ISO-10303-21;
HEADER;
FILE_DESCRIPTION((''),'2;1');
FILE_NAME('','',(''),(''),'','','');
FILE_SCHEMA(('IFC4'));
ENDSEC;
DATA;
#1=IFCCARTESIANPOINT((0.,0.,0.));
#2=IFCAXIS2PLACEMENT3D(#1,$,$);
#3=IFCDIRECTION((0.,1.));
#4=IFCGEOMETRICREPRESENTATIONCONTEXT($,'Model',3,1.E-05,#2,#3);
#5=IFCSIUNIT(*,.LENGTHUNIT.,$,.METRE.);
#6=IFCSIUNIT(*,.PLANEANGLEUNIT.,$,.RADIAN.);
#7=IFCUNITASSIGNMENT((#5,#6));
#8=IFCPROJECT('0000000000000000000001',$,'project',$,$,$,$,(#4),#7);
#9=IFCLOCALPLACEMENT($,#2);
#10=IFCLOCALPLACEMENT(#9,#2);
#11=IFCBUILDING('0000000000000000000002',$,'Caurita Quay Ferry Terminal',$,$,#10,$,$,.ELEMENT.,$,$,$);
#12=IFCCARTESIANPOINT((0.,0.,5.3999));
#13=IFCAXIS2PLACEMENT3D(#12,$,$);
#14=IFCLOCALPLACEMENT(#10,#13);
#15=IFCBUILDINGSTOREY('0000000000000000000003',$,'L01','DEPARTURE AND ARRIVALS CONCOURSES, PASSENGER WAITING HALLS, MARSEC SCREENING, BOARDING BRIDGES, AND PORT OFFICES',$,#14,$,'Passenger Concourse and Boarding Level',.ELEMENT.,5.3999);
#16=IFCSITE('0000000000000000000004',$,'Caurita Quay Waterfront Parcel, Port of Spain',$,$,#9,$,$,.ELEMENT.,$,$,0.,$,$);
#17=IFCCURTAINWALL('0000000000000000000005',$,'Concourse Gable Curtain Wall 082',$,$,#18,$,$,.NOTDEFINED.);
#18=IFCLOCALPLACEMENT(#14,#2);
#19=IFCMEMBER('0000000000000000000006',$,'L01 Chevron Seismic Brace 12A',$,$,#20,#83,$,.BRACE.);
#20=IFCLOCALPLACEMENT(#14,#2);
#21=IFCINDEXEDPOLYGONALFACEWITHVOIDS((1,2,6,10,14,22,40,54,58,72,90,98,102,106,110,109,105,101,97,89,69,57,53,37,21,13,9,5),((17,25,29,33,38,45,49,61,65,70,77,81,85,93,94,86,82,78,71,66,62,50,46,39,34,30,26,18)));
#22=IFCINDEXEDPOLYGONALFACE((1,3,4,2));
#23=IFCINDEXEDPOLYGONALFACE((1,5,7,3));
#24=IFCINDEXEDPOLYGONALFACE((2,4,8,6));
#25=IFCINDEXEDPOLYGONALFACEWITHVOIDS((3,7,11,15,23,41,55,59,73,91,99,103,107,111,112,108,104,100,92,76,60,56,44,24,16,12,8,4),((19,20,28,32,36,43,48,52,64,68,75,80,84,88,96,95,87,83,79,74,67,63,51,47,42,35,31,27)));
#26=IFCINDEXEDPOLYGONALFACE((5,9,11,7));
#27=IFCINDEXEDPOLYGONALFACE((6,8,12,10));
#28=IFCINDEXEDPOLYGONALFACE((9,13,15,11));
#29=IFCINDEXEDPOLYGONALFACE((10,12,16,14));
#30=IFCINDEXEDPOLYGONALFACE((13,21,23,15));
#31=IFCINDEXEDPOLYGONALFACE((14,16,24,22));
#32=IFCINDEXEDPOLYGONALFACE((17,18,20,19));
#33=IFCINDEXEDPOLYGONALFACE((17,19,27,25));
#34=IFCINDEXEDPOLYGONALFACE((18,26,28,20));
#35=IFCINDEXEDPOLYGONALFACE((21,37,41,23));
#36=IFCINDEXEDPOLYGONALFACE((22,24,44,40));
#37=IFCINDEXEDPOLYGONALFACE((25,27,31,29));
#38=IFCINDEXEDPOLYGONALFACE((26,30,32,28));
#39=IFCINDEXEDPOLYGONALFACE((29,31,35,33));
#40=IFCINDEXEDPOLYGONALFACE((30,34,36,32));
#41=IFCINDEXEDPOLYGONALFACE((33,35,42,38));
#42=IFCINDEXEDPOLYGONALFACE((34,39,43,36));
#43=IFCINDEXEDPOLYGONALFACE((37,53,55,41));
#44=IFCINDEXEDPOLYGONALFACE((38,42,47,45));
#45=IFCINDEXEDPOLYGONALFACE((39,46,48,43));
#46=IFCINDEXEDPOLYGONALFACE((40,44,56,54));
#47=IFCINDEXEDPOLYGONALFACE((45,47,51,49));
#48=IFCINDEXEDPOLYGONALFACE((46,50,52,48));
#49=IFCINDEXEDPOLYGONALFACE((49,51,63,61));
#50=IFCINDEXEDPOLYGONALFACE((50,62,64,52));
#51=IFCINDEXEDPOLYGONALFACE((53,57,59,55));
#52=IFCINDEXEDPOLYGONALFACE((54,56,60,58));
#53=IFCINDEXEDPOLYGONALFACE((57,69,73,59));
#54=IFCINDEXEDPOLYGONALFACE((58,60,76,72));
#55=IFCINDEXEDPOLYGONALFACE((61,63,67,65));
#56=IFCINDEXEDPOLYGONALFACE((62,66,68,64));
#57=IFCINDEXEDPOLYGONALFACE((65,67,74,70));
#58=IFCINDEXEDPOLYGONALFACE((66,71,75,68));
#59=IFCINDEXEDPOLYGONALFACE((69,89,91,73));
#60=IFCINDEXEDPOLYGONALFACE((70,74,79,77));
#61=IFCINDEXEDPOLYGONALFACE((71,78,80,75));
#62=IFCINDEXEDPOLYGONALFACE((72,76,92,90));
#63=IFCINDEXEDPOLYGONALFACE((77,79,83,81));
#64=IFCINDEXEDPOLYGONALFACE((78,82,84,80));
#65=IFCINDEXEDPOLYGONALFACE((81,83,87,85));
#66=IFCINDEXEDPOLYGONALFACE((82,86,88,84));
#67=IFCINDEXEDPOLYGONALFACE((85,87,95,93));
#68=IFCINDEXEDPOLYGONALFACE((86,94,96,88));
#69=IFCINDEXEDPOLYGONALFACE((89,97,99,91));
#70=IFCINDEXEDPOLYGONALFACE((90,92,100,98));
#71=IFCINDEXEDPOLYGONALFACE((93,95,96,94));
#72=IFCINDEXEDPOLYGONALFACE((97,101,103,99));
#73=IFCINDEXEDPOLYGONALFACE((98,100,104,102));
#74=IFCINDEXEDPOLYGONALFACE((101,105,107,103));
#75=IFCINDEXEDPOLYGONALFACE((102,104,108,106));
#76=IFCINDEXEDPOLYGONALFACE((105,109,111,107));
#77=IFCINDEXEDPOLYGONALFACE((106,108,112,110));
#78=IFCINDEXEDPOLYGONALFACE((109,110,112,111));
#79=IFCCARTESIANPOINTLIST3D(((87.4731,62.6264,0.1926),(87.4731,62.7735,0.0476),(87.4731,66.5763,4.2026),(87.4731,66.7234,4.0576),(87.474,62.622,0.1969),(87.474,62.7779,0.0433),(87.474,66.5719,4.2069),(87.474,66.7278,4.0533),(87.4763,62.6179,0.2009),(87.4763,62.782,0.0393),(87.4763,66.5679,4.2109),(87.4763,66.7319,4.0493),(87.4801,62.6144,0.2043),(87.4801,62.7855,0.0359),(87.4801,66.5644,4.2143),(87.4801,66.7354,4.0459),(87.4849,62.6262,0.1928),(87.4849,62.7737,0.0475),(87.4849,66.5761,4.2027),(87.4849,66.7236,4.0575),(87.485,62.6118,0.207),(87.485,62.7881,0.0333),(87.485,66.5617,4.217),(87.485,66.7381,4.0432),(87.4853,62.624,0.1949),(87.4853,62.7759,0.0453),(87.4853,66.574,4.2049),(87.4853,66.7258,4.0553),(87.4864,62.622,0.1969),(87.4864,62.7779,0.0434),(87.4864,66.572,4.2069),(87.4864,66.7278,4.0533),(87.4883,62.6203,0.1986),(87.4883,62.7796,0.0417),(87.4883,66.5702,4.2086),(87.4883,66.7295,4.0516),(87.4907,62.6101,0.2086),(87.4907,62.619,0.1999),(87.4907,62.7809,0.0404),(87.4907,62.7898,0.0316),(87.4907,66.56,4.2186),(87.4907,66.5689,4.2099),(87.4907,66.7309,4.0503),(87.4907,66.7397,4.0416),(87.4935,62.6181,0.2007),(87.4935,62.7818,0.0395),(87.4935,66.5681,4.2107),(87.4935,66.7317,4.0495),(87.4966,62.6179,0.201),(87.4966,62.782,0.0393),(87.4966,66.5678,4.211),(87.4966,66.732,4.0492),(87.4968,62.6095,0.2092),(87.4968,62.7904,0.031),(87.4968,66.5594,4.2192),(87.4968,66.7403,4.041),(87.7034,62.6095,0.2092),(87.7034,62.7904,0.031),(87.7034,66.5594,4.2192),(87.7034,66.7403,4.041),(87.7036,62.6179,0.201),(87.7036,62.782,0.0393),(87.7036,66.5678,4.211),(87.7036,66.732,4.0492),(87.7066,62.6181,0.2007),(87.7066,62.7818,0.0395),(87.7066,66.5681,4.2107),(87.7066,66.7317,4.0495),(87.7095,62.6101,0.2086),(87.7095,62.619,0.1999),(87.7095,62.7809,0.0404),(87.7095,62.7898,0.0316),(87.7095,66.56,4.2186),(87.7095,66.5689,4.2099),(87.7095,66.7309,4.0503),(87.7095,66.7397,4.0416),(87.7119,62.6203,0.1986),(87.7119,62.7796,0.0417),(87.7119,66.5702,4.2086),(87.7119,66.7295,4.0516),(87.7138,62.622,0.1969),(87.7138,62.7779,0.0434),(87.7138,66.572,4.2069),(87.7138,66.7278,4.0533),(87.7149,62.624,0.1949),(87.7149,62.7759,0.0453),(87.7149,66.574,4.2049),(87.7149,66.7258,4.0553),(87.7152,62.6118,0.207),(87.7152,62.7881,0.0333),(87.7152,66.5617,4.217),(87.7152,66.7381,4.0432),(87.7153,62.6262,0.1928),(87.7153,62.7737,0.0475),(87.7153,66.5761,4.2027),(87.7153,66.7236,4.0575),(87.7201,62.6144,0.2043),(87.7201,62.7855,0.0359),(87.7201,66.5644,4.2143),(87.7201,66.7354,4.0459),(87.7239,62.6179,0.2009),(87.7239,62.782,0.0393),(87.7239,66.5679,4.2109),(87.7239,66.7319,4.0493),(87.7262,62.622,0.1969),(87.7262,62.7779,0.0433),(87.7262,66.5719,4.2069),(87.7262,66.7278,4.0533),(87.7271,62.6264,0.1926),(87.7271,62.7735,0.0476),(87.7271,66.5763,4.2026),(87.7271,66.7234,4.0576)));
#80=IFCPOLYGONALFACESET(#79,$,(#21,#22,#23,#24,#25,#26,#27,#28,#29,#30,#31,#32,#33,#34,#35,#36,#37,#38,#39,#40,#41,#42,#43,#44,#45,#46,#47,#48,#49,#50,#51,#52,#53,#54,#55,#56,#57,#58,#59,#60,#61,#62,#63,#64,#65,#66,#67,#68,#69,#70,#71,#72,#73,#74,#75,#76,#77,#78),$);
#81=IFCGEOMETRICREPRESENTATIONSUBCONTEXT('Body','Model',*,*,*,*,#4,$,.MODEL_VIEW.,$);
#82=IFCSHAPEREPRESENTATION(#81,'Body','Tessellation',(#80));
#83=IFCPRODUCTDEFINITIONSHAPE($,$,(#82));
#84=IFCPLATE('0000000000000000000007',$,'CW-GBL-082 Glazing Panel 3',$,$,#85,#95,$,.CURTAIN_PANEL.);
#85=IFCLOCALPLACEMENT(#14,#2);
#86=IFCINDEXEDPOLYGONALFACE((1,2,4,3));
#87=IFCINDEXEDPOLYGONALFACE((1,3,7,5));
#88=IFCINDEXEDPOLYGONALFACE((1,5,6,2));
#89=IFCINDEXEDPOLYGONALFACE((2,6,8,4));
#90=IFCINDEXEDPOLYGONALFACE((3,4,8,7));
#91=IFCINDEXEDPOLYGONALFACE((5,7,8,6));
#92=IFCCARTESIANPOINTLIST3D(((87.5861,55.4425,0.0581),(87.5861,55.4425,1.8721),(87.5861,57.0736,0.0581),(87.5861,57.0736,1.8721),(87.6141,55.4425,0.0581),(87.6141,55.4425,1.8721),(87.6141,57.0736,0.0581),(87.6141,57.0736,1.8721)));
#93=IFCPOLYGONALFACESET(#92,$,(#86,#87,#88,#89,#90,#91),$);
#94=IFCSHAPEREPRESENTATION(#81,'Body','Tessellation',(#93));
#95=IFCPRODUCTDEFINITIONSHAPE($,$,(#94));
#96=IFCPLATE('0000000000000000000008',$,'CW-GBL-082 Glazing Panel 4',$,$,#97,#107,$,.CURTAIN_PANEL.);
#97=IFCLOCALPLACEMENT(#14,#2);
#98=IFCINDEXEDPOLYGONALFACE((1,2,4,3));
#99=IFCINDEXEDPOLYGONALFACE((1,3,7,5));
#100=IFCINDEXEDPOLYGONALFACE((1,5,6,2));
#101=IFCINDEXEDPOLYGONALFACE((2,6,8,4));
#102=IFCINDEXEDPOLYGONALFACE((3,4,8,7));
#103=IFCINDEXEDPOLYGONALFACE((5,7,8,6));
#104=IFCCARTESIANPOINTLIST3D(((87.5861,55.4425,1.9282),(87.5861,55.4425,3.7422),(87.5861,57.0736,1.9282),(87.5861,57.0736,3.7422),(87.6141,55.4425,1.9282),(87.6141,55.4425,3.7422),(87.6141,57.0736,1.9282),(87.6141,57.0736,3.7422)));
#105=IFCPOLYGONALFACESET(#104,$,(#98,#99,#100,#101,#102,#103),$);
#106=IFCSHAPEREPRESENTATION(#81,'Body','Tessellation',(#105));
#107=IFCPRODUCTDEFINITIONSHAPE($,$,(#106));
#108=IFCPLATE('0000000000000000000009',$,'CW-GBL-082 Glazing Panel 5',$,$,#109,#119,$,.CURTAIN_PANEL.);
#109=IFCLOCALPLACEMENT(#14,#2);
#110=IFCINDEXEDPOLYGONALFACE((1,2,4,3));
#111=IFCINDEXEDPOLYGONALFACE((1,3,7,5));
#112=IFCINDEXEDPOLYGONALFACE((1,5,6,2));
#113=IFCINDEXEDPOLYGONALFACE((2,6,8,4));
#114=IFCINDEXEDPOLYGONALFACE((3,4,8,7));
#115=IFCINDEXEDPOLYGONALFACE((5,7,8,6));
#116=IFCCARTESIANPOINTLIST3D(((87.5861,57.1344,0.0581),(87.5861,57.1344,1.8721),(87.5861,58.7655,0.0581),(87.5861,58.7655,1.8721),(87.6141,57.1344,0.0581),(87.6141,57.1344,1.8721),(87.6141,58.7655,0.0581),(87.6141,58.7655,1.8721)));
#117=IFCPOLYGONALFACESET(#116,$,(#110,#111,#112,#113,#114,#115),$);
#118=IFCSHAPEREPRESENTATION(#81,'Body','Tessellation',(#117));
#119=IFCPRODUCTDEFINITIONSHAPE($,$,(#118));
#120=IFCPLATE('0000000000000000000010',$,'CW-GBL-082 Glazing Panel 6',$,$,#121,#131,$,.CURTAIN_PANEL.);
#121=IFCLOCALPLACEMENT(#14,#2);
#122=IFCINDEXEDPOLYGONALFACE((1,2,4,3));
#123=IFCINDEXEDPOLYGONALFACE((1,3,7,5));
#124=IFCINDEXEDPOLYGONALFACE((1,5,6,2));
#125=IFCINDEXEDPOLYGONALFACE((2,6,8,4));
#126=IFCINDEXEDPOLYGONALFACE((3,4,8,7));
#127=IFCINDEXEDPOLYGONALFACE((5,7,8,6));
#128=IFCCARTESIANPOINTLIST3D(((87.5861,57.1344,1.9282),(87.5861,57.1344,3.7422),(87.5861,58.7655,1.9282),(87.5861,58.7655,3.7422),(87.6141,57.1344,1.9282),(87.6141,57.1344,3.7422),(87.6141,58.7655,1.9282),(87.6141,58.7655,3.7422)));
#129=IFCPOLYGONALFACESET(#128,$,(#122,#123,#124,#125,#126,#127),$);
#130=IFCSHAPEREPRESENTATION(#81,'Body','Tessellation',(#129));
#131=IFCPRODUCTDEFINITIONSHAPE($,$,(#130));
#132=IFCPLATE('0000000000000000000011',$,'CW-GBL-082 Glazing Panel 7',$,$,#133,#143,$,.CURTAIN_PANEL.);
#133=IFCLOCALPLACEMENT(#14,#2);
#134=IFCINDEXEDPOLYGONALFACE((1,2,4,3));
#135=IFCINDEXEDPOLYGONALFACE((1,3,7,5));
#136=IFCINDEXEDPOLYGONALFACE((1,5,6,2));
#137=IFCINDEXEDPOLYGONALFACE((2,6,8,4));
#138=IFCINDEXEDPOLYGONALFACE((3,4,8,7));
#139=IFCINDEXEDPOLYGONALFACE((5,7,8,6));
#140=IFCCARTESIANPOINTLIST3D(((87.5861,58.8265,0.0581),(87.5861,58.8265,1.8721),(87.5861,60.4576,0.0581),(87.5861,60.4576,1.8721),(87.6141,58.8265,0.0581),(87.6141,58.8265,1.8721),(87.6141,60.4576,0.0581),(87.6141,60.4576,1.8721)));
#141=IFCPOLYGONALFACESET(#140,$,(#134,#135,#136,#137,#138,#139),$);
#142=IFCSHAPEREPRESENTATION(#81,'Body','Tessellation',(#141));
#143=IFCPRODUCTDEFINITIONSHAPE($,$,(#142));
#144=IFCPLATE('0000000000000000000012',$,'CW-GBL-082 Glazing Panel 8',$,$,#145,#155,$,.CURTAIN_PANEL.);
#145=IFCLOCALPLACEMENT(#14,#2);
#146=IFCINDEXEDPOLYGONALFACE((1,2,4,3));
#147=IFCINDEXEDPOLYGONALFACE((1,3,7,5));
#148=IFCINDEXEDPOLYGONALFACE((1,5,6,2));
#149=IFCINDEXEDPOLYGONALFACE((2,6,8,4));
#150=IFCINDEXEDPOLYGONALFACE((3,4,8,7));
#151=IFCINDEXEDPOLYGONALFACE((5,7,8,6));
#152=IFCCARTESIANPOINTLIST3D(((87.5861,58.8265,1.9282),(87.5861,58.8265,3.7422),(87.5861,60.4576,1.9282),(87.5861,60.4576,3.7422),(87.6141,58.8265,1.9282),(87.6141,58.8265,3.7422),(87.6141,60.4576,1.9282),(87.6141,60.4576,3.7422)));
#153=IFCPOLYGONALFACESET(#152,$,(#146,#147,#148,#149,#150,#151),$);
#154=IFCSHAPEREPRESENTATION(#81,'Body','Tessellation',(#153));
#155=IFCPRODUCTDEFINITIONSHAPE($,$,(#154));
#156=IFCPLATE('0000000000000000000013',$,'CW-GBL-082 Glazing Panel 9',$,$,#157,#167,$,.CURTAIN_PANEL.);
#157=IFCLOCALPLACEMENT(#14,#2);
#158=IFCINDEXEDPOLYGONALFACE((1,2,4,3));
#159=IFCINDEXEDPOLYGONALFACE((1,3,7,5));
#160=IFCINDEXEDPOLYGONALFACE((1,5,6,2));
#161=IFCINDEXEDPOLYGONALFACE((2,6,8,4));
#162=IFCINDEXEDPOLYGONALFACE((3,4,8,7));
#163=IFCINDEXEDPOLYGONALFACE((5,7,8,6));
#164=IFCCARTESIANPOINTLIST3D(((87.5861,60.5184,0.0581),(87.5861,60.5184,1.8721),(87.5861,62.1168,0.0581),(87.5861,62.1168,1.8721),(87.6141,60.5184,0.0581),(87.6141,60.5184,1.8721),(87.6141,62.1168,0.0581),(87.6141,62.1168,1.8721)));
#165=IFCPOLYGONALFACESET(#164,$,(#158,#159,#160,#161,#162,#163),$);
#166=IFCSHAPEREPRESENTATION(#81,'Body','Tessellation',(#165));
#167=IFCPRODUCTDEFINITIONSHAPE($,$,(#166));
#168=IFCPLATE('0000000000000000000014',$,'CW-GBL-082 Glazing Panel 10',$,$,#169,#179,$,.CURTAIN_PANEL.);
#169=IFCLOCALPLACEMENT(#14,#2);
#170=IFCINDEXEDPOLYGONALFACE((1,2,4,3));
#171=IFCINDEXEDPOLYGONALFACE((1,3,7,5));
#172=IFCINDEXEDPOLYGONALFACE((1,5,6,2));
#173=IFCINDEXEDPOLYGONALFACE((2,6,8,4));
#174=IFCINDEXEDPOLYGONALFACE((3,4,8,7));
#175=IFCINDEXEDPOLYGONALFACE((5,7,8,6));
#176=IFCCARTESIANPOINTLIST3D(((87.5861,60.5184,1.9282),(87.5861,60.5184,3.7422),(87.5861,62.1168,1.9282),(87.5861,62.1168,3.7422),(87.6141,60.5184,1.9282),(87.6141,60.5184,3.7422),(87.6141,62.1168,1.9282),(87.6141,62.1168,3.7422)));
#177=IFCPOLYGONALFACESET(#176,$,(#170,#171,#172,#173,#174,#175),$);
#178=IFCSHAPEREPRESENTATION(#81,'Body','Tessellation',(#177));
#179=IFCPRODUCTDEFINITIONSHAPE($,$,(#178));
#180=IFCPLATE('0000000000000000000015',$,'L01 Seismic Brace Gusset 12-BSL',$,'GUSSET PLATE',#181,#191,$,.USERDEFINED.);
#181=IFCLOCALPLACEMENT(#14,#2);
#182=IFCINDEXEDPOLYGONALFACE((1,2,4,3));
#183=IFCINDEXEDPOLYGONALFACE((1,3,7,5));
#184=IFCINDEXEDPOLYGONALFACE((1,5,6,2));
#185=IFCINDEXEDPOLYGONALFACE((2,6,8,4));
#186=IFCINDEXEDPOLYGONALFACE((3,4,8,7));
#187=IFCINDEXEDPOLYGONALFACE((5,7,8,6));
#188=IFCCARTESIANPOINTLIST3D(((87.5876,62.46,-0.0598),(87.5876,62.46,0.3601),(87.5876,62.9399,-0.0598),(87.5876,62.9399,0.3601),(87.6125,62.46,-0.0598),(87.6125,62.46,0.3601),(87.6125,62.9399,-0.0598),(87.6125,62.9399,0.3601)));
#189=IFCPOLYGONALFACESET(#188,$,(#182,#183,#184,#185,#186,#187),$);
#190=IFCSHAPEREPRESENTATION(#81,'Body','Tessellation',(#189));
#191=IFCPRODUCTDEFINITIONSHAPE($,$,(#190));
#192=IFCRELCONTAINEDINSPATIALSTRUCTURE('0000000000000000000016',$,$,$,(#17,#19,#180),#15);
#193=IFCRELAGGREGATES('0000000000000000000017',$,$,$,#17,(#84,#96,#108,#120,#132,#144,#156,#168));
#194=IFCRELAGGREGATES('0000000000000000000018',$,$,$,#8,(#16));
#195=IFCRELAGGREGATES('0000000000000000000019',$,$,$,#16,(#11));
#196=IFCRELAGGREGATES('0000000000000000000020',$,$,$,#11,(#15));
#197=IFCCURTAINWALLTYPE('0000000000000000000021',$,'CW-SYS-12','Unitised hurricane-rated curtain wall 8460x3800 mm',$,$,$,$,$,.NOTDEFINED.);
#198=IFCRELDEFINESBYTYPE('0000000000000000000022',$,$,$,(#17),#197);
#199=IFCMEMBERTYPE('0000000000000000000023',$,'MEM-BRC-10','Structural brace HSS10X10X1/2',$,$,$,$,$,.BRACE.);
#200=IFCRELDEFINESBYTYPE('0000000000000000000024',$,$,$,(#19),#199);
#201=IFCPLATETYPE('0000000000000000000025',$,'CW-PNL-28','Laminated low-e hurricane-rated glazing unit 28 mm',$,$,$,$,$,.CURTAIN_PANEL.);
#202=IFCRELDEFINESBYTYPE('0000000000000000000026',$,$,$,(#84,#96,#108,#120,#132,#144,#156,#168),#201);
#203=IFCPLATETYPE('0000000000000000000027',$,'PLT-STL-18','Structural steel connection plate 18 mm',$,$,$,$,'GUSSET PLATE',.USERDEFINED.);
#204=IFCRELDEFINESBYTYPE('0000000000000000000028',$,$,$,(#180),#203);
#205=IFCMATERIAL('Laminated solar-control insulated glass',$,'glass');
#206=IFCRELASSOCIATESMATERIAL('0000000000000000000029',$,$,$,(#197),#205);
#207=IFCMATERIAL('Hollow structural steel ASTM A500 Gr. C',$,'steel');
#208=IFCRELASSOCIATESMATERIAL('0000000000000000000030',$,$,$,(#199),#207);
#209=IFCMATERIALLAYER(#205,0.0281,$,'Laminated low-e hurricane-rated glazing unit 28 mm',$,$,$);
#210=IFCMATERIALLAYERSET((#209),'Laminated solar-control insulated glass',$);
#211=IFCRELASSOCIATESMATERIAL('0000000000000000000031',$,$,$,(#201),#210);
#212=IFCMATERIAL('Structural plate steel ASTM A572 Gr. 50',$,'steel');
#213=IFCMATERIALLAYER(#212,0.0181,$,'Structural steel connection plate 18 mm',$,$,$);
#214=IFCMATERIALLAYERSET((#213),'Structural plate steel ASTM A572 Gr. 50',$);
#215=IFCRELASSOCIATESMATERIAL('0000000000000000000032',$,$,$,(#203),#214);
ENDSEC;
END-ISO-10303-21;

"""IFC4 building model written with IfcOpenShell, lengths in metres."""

from ifc_helpers import new_model, si_unit, direction, frame, origin, origin_2d, place, context, subcontext, project, spatial, rectangle, hollow_rectangle, extrude, material, layer, layer_set, material_profile, profile_set, type_object, element, aggregate, save


model = new_model("IFC4")

# Units and contexts
model_context = context("Model", 3, precision=1e-05, world=origin(), true_north=direction((0.0, 1.0)))
body_context = subcontext(model_context, "Body", "Model", "MODEL_VIEW")
ifc_project = project(units=[si_unit("LENGTHUNIT", "METRE"), si_unit("PLANEANGLEUNIT", "RADIAN")], contexts=[model_context])

# Site, building, storey
site_placement = place(None, origin())
site = spatial("IfcSite", under=ifc_project, at=site_placement, Name="Caurita Quay Waterfront Parcel, Port of Spain", CompositionType="ELEMENT", RefElevation=0.0)
building_placement = place(site_placement, origin())
building = spatial("IfcBuilding", under=site, at=building_placement, Name="Caurita Quay Ferry Terminal", CompositionType="ELEMENT")
storey_placement = place(building_placement, frame((0.0, 0.0, 5.3999)))
storey = spatial("IfcBuildingStorey", under=building, at=storey_placement, Name="L01", Description="DEPARTURE AND ARRIVALS CONCOURSES, PASSENGER WAITING HALLS, MARSEC SCREENING, BOARDING BRIDGES, AND PORT OFFICES", LongName="Passenger Concourse and Boarding Level", CompositionType="ELEMENT", Elevation=5.3999)

# Shared definitions
ifc_material_1 = material(Name="Hollow structural steel ASTM A500 Gr. C", Category="steel")

# Curtain wall
ifc_material_2 = material(Name="Laminated solar-control insulated glass", Category="glass")
curtain_wall_type = type_object("IfcCurtainWallType", Name="CW-SYS-12", Description="Unitised hurricane-rated curtain wall 8460x3800 mm", PredefinedType="NOTDEFINED", material=ifc_material_2)
curtain_wall_placement = place(storey_placement, origin())
curtain_wall = element("IfcCurtainWall", 1, at=curtain_wall_placement, inside=storey, type_object=curtain_wall_type, Name="Concourse Gable Curtain Wall 082", PredefinedType="NOTDEFINED")

# Member
ifc_material_profile_1 = material_profile(ifc_material_1, hollow_rectangle(XDim=0.2539, YDim=0.2539, WallThickness=0.0117, InnerFilletRadius=0.0117, OuterFilletRadius=0.0237, at=origin_2d()), Name="HSS10X10X1/2")
ifc_profile_set_1 = profile_set([ifc_material_profile_1], Name="Hollow structural steel ASTM A500 Gr. C")
member_type_1 = type_object("IfcMemberType", Name="MEM-BRC-10", Description="Structural brace HSS10X10X1/2", PredefinedType="BRACE", material=ifc_profile_set_1)
member_1_placement = place(storey_placement, frame((87.6001, 62.7, 0.1201), z_axis=(0.0, 0.701752, 0.712422), x_axis=(-1.0, 0.0, 0.0)))
element("IfcMember", 2, at=member_1_placement, inside=storey, type_object=member_type_1, Name="L01 Chevron Seismic Brace 12A", PredefinedType="BRACE", context=body_context, shape_type="SweptSolid", body=[
    extrude(hollow_rectangle(XDim=0.2539, YDim=0.2539, WallThickness=0.0117, InnerFilletRadius=0.0117, OuterFilletRadius=0.0237, at=origin_2d()), origin(), (0.0, 0.0, 1.0), 5.6287),
])

# Plates
ifc_layer_1 = layer(ifc_material_2, 0.0281, Name="Laminated low-e hurricane-rated glazing unit 28 mm")
ifc_layer_set_1 = layer_set([ifc_layer_1], Name="Laminated solar-control insulated glass")
plate_type_1 = type_object("IfcPlateType", Name="CW-PNL-28", Description="Laminated low-e hurricane-rated glazing unit 28 mm", PredefinedType="CURTAIN_PANEL", material=ifc_layer_set_1)
plate_1_placement = place(storey_placement, frame((87.6001, 56.2581, 0.0581), z_axis=(0.0, 0.0, 1.0), x_axis=(0.0, 1.0, 0.0)))
plate_1 = element("IfcPlate", 3, at=plate_1_placement, type_object=plate_type_1, Name="CW-GBL-082 Glazing Panel 3", PredefinedType="CURTAIN_PANEL", context=body_context, shape_type="SweptSolid", body=[
    extrude(rectangle(XDim=1.6311, YDim=0.0281, at=origin_2d()), origin(), (0.0, 0.0, 1.0), 1.814),
])
plate_2_placement = place(storey_placement, frame((87.6001, 56.2581, 1.9282), z_axis=(0.0, 0.0, 1.0), x_axis=(0.0, 1.0, 0.0)))
plate_2 = element("IfcPlate", 4, at=plate_2_placement, type_object=plate_type_1, Name="CW-GBL-082 Glazing Panel 4", PredefinedType="CURTAIN_PANEL", context=body_context, shape_type="SweptSolid", body=[
    extrude(rectangle(XDim=1.6311, YDim=0.0281, at=origin_2d()), origin(), (0.0, 0.0, 1.0), 1.814),
])
plate_3_placement = place(storey_placement, frame((87.6001, 57.95, 0.0581), z_axis=(0.0, 0.0, 1.0), x_axis=(0.0, 1.0, 0.0)))
plate_3 = element("IfcPlate", 5, at=plate_3_placement, type_object=plate_type_1, Name="CW-GBL-082 Glazing Panel 5", PredefinedType="CURTAIN_PANEL", context=body_context, shape_type="SweptSolid", body=[
    extrude(rectangle(XDim=1.6311, YDim=0.0281, at=origin_2d()), origin(), (0.0, 0.0, 1.0), 1.814),
])
plate_4_placement = place(storey_placement, frame((87.6001, 57.95, 1.9282), z_axis=(0.0, 0.0, 1.0), x_axis=(0.0, 1.0, 0.0)))
plate_4 = element("IfcPlate", 6, at=plate_4_placement, type_object=plate_type_1, Name="CW-GBL-082 Glazing Panel 6", PredefinedType="CURTAIN_PANEL", context=body_context, shape_type="SweptSolid", body=[
    extrude(rectangle(XDim=1.6311, YDim=0.0281, at=origin_2d()), origin(), (0.0, 0.0, 1.0), 1.814),
])
plate_5_placement = place(storey_placement, frame((87.6001, 59.6421, 0.0581), z_axis=(0.0, 0.0, 1.0), x_axis=(0.0, 1.0, 0.0)))
plate_5 = element("IfcPlate", 7, at=plate_5_placement, type_object=plate_type_1, Name="CW-GBL-082 Glazing Panel 7", PredefinedType="CURTAIN_PANEL", context=body_context, shape_type="SweptSolid", body=[
    extrude(rectangle(XDim=1.6311, YDim=0.0281, at=origin_2d()), origin(), (0.0, 0.0, 1.0), 1.814),
])
plate_6_placement = place(storey_placement, frame((87.6001, 59.6421, 1.9282), z_axis=(0.0, 0.0, 1.0), x_axis=(0.0, 1.0, 0.0)))
plate_6 = element("IfcPlate", 8, at=plate_6_placement, type_object=plate_type_1, Name="CW-GBL-082 Glazing Panel 8", PredefinedType="CURTAIN_PANEL", context=body_context, shape_type="SweptSolid", body=[
    extrude(rectangle(XDim=1.6311, YDim=0.0281, at=origin_2d()), origin(), (0.0, 0.0, 1.0), 1.814),
])
plate_7_placement = place(storey_placement, frame((87.6001, 61.3176, 0.0581), z_axis=(0.0, 0.0, 1.0), x_axis=(0.0, 1.0, 0.0)))
plate_7 = element("IfcPlate", 9, at=plate_7_placement, type_object=plate_type_1, Name="CW-GBL-082 Glazing Panel 9", PredefinedType="CURTAIN_PANEL", context=body_context, shape_type="SweptSolid", body=[
    extrude(rectangle(XDim=1.5984, YDim=0.0281, at=origin_2d()), origin(), (0.0, 0.0, 1.0), 1.814),
])
plate_8_placement = place(storey_placement, frame((87.6001, 61.3176, 1.9282), z_axis=(0.0, 0.0, 1.0), x_axis=(0.0, 1.0, 0.0)))
plate_8 = element("IfcPlate", 10, at=plate_8_placement, type_object=plate_type_1, Name="CW-GBL-082 Glazing Panel 10", PredefinedType="CURTAIN_PANEL", context=body_context, shape_type="SweptSolid", body=[
    extrude(rectangle(XDim=1.5984, YDim=0.0281, at=origin_2d()), origin(), (0.0, 0.0, 1.0), 1.814),
])
aggregate(curtain_wall, [plate_1, plate_2, plate_3, plate_4, plate_5, plate_6, plate_7, plate_8])

# Plate
ifc_material_3 = material(Name="Structural plate steel ASTM A572 Gr. 50", Category="steel")
ifc_layer_2 = layer(ifc_material_3, 0.0181, Name="Structural steel connection plate 18 mm")
ifc_layer_set_2 = layer_set([ifc_layer_2], Name="Structural plate steel ASTM A572 Gr. 50")
plate_type_2 = type_object("IfcPlateType", Name="PLT-STL-18", Description="Structural steel connection plate 18 mm", ElementType="GUSSET PLATE", PredefinedType="USERDEFINED", material=ifc_layer_set_2)
plate_9_placement = place(storey_placement, frame((87.6001, 62.7, -0.0598), z_axis=(0.0, 0.0, 1.0), x_axis=(0.0, 1.0, 0.0)))
element("IfcPlate", 11, at=plate_9_placement, inside=storey, type_object=plate_type_2, Name="L01 Seismic Brace Gusset 12-BSL", ObjectType="GUSSET PLATE", PredefinedType="USERDEFINED", context=body_context, shape_type="SweptSolid", body=[
    extrude(rectangle(XDim=0.48, YDim=0.0249, at=origin_2d()), origin(), (0.0, 0.0, 1.0), 0.4199),
])

save(model, "model.ifc")
